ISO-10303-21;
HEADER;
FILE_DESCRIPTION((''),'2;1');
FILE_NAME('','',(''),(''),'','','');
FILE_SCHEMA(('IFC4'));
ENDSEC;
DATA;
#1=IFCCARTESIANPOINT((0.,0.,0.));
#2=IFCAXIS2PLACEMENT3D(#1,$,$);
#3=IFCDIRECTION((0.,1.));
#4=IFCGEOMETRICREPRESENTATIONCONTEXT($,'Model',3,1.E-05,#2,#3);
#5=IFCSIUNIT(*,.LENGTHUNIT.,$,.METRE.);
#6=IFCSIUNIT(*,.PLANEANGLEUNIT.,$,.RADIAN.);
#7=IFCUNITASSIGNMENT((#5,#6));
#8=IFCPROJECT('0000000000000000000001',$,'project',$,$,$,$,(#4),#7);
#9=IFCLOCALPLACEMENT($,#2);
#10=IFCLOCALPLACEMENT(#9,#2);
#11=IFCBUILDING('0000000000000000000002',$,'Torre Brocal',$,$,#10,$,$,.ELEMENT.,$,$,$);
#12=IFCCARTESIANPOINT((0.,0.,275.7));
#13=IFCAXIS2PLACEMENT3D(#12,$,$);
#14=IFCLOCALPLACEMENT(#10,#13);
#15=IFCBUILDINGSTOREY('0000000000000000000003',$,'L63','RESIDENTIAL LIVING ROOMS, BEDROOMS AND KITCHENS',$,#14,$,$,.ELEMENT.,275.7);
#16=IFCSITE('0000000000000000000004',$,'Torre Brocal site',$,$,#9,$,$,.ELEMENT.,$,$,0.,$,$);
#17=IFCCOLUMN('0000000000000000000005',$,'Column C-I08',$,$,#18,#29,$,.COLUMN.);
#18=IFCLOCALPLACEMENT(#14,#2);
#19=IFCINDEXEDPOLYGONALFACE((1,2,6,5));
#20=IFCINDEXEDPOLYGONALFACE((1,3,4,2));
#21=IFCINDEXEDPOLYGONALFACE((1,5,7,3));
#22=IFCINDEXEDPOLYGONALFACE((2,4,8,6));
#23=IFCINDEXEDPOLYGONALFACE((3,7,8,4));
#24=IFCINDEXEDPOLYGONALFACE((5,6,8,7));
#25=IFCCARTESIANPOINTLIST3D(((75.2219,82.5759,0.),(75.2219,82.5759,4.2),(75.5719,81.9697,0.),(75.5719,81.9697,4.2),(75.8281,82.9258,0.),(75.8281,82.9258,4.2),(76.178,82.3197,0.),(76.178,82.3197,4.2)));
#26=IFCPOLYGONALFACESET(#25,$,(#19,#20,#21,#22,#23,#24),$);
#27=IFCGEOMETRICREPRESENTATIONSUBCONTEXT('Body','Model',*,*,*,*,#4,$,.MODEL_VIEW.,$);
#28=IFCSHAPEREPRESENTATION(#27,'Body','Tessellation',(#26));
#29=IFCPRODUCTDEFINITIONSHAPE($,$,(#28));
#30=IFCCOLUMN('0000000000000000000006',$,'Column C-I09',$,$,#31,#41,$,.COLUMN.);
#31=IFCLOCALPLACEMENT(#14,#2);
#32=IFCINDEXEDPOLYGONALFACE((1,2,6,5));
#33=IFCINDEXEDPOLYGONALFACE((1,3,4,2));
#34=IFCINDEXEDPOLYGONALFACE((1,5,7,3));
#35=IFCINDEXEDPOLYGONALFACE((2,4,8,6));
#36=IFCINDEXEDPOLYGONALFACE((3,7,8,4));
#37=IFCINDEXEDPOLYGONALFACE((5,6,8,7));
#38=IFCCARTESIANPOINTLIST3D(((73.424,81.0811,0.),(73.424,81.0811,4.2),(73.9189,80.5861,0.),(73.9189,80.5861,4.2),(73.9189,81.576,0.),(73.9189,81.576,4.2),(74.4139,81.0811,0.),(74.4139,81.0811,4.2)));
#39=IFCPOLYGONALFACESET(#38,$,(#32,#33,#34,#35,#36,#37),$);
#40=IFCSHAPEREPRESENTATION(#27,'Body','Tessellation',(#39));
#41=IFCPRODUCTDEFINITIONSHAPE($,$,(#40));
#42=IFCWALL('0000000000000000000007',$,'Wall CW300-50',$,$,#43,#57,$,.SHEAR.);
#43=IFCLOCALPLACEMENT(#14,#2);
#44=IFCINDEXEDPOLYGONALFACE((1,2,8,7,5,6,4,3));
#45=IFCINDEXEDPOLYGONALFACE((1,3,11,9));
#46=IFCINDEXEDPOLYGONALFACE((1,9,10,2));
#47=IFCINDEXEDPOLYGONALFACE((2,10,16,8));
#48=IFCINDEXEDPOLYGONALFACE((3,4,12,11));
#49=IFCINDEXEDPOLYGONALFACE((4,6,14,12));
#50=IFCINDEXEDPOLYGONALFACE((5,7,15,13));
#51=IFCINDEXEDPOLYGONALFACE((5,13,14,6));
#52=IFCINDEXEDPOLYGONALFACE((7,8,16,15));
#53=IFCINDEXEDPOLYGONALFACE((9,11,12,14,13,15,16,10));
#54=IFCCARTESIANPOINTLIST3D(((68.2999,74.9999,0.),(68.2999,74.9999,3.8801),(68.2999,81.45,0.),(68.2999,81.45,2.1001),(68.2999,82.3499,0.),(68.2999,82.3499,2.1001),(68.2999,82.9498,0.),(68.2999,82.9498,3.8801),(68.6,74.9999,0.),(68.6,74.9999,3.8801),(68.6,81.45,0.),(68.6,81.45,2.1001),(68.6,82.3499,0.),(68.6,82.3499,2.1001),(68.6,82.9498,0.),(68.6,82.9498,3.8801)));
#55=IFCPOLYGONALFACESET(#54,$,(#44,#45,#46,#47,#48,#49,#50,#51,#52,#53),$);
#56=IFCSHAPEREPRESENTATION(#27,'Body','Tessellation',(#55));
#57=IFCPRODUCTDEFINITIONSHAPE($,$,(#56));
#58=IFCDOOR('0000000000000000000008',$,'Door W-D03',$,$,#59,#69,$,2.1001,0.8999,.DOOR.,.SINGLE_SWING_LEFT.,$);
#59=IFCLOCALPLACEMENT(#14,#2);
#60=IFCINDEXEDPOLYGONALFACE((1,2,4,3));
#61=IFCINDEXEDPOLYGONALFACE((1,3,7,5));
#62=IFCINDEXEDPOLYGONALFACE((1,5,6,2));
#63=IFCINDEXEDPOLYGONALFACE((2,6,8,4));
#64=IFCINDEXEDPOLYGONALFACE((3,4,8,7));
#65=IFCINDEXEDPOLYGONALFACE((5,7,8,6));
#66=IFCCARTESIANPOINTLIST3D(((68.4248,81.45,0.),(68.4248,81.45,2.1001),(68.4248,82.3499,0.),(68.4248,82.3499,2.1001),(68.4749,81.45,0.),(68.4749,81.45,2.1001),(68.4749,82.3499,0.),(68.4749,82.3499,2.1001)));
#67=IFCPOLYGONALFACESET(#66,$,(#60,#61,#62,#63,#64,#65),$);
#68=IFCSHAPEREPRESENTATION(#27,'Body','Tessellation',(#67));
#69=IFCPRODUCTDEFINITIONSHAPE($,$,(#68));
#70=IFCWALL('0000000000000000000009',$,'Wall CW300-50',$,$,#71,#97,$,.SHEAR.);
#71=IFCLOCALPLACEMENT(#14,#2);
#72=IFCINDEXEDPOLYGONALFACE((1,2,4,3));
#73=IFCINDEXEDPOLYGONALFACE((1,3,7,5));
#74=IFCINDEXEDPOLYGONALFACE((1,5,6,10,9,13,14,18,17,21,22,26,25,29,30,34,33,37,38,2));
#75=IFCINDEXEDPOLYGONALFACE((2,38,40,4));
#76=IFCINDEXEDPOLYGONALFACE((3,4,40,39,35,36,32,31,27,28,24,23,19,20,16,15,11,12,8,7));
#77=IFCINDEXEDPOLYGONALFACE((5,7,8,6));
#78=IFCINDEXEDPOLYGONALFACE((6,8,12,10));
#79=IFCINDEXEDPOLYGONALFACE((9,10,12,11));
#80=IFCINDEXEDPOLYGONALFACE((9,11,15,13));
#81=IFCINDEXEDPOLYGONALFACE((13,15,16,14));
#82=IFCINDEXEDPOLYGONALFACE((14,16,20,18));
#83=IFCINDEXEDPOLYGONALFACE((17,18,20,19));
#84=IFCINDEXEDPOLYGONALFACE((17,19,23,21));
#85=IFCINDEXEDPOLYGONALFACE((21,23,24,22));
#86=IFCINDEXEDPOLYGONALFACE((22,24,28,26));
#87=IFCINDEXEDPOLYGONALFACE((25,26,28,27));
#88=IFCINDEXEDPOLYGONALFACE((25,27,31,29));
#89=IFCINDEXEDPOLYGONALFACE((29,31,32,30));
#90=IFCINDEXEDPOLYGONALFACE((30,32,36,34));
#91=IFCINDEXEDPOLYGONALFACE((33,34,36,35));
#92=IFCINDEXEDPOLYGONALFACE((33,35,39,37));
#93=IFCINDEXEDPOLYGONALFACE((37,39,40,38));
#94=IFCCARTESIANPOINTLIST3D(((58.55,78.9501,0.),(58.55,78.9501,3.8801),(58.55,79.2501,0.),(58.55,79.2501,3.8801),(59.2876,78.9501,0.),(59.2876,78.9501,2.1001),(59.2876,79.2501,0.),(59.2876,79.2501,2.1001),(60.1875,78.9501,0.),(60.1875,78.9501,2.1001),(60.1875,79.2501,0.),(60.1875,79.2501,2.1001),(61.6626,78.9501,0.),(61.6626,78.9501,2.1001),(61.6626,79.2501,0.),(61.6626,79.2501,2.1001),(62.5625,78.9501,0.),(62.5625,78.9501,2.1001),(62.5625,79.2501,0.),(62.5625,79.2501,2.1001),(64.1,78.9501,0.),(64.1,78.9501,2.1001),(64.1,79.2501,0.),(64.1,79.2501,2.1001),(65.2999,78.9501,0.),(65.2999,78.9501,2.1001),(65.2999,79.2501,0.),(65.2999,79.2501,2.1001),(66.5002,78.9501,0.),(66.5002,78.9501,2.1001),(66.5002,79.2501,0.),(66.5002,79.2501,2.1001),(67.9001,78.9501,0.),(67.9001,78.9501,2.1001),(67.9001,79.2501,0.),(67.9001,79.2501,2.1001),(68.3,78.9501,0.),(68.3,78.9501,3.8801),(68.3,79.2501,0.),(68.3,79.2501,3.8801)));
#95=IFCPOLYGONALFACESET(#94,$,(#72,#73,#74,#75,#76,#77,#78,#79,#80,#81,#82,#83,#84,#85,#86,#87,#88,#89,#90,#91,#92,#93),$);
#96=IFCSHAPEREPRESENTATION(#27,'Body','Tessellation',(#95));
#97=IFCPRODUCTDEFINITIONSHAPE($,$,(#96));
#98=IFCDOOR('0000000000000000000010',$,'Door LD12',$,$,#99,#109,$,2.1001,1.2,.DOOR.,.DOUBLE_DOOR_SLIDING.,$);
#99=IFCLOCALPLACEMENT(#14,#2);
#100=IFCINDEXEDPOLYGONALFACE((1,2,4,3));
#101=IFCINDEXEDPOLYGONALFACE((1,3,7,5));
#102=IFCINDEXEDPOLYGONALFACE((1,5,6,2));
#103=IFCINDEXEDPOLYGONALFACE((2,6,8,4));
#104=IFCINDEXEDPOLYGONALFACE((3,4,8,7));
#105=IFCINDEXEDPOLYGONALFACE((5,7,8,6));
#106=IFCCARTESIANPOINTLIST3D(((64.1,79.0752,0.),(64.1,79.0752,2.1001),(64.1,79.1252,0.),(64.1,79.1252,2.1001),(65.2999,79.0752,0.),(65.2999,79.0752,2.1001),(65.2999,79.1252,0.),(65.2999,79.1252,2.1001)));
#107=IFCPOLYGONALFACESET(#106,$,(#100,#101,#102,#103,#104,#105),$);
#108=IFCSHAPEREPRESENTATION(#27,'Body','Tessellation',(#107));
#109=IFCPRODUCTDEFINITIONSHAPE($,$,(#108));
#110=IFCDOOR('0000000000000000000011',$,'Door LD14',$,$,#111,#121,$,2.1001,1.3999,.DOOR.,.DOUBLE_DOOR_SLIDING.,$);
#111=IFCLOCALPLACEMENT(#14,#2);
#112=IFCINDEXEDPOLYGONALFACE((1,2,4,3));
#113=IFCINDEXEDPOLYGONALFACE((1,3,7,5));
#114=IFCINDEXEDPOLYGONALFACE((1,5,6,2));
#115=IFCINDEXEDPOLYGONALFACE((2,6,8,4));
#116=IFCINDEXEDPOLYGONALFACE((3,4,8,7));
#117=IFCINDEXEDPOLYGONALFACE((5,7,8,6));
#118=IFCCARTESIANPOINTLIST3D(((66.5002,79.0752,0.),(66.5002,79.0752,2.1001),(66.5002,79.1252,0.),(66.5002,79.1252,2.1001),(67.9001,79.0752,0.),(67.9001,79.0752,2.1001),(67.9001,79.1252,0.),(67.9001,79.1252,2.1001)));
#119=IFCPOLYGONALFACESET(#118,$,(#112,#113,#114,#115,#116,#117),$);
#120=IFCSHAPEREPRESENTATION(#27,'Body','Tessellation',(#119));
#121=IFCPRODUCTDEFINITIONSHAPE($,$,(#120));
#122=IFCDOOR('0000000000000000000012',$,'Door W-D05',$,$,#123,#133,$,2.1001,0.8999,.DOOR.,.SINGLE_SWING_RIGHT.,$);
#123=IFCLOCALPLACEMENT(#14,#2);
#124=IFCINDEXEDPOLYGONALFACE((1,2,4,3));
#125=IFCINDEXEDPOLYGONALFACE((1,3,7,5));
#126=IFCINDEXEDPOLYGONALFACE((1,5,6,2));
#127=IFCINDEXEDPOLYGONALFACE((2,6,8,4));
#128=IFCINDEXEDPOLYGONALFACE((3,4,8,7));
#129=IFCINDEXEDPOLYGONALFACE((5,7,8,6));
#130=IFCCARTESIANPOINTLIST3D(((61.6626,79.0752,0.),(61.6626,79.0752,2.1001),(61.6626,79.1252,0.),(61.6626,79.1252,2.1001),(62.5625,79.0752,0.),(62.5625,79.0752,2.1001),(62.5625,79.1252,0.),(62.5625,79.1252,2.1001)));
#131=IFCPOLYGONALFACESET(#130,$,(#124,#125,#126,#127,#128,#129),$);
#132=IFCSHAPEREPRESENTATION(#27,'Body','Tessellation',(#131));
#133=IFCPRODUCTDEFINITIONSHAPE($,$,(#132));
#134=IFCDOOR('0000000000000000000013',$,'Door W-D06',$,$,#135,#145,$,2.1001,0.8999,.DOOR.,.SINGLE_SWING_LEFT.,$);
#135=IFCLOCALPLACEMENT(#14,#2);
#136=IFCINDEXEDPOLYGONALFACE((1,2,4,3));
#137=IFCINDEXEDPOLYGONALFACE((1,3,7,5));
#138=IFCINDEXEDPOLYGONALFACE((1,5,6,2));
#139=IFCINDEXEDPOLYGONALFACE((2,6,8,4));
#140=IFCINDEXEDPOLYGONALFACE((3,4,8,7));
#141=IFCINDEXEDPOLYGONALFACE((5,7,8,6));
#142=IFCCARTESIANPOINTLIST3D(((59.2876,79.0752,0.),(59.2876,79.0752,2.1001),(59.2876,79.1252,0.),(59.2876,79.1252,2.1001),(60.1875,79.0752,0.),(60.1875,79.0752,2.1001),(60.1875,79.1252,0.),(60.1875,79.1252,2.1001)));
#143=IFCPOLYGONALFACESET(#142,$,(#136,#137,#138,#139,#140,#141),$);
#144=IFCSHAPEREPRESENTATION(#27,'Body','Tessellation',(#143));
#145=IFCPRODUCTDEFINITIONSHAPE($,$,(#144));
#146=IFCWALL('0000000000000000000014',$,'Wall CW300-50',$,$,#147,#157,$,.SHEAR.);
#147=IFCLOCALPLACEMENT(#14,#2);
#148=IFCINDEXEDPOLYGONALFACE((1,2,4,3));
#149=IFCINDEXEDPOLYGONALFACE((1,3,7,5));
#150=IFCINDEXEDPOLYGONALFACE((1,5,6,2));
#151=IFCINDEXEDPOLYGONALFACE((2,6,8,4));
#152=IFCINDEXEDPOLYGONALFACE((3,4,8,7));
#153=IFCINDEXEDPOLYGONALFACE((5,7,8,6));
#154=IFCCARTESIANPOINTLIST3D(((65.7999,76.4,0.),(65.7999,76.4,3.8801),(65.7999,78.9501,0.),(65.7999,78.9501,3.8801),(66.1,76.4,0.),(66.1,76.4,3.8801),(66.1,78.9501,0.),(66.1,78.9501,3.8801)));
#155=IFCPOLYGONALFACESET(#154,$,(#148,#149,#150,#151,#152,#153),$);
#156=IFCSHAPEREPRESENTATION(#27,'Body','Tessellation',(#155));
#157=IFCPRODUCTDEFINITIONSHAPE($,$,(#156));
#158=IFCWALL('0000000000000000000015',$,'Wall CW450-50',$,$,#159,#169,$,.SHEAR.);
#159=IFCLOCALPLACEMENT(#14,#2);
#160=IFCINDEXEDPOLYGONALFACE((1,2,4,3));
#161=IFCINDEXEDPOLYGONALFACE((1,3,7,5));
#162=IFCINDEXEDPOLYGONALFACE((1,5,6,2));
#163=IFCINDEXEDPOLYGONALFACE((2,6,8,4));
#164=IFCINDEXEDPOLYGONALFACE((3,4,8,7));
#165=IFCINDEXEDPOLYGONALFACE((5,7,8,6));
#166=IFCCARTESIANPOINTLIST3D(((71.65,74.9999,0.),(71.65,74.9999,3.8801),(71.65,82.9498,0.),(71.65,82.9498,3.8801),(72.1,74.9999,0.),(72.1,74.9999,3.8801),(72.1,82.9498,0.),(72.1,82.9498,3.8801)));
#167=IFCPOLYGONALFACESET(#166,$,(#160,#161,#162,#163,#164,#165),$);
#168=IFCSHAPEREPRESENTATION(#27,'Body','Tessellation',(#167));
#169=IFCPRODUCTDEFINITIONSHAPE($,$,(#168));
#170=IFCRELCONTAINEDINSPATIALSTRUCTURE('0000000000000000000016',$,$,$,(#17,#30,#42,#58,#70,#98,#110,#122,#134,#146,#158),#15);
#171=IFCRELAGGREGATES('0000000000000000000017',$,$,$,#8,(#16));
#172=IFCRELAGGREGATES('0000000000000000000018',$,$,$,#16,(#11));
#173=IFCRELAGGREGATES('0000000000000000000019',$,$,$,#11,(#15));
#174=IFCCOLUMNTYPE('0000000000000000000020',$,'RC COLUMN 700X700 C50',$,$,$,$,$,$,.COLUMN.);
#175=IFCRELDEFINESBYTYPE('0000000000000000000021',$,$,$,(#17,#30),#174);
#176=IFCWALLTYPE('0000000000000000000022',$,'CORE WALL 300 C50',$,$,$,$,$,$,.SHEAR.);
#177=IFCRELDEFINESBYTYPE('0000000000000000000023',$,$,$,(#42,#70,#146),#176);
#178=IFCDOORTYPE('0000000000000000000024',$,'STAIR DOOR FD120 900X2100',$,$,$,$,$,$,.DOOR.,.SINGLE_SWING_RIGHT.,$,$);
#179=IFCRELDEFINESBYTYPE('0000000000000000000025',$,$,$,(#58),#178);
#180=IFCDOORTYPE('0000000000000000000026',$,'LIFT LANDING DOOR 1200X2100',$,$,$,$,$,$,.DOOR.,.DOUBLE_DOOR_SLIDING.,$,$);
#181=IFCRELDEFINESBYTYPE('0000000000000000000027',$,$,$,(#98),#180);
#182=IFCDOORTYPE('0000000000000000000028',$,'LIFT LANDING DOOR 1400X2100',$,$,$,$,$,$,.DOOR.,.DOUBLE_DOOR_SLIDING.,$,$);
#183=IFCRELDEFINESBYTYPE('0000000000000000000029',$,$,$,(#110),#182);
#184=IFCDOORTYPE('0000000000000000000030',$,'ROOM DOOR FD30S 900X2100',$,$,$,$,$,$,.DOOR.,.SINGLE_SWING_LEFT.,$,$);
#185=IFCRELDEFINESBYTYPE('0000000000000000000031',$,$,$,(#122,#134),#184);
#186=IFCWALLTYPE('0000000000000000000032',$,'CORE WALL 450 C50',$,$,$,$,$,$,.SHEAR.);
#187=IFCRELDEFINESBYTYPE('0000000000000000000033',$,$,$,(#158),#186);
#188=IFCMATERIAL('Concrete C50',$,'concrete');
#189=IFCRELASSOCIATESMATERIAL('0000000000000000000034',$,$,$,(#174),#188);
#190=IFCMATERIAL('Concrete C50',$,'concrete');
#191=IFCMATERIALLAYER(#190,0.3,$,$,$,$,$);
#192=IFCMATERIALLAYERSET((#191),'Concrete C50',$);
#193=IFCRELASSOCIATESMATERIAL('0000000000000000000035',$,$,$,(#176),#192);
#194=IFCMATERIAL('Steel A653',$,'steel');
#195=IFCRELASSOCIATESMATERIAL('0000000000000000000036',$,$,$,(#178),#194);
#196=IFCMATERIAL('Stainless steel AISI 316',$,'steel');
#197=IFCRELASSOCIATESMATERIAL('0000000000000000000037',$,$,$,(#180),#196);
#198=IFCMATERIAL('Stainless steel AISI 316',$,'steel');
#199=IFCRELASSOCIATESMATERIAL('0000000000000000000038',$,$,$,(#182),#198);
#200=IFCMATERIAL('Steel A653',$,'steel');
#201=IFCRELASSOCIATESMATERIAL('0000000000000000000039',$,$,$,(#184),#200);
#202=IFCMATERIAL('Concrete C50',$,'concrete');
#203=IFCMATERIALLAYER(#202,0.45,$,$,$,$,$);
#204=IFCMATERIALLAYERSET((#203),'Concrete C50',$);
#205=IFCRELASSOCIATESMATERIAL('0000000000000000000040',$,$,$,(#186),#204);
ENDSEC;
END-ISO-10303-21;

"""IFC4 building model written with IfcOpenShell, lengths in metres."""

from ifc_helpers import new_model, si_unit, direction, frame, frame_2d, origin, origin_2d, place, context, subcontext, project, spatial, rectangle, extrude, material, layer, layer_set, material_profile, profile_set, type_object, element, fill, save


model = new_model("IFC4")

# Units and contexts
model_context = context("Model", 3, precision=1e-05, world=origin(), true_north=direction((0.0, 1.0)))
body_context = subcontext(model_context, "Body", "Model", "MODEL_VIEW")
ifc_project = project(units=[si_unit("LENGTHUNIT", "METRE"), si_unit("PLANEANGLEUNIT", "RADIAN")], contexts=[model_context])

# Site, building, storey
site_placement = place(None, origin())
site = spatial("IfcSite", under=ifc_project, at=site_placement, Name="Torre Brocal site", CompositionType="ELEMENT", RefElevation=0.0)
building_placement = place(site_placement, origin())
building = spatial("IfcBuilding", under=site, at=building_placement, Name="Torre Brocal", CompositionType="ELEMENT")
storey_placement = place(building_placement, frame((0.0, 0.0, 275.7)))
storey = spatial("IfcBuildingStorey", under=building, at=storey_placement, Name="L63", Description="RESIDENTIAL LIVING ROOMS, BEDROOMS AND KITCHENS", CompositionType="ELEMENT", Elevation=275.7)

# Columns
ifc_material_1 = material(Name="Concrete C50", Category="concrete")
ifc_material_profile = material_profile(ifc_material_1, rectangle(XDim=0.7, YDim=0.7, at=origin_2d()), Name="RC 700X700")
ifc_profile_set = profile_set([ifc_material_profile], Name="Concrete C50")
column_type = type_object("IfcColumnType", Name="RC COLUMN 700X700 C50", PredefinedType="COLUMN", material=ifc_profile_set)
for number, where, z_axis, x_axis, name in (
    (1, (75.7, 82.4478, 0.0), (0.0, 0.0, 1.0), (-0.5, 0.866025, 0.0), "Column C-I08"),
    (2, (73.9189, 81.0811, 0.0), (0.0, 0.0, 1.0), (-0.707107, 0.707107, 0.0), "Column C-I09"),
):
    element("IfcColumn", number, at=place(storey_placement, frame(where, z_axis=z_axis, x_axis=x_axis)), inside=storey, type_object=column_type, Name=name, PredefinedType="COLUMN", context=body_context, shape_type="SweptSolid", body=[
        extrude(rectangle(XDim=0.7, YDim=0.7, at=origin_2d()), origin(), (0.0, 0.0, 1.0), 4.2),
    ])

# Wall, opening, door
ifc_material_2 = material(Name="Concrete C50", Category="concrete")
ifc_layer_1 = layer(ifc_material_2, 0.3)
ifc_layer_set_1 = layer_set([ifc_layer_1], Name="Concrete C50")
wall_type_1 = type_object("IfcWallType", Name="CORE WALL 300 C50", PredefinedType="SHEAR", material=ifc_layer_set_1)
wall_1_placement = place(storey_placement, frame((68.45, 82.95, 0.0), z_axis=(0.0, 0.0, 1.0), x_axis=(0.0, -1.0, 0.0)))
wall_1 = element("IfcWall", 3, at=wall_1_placement, inside=storey, type_object=wall_type_1, Name="Wall CW300-50", PredefinedType="SHEAR", context=body_context, shape_type="SweptSolid", body=[
    extrude(rectangle(XDim=7.95, YDim=0.3, at=frame_2d((3.9751, 0.0))), origin(), (0.0, 0.0, 1.0), 3.8801),
])
opening_1_placement = place(wall_1_placement, frame((0.6001, 0.0, 0.0)))
opening_1 = element("IfcOpeningElement", 4, at=opening_1_placement, cuts=wall_1, PredefinedType="OPENING", context=body_context, shape_type="SweptSolid", body=[
    extrude(rectangle(XDim=0.8999, YDim=2.1001, at=frame_2d((0.45, 1.05))), frame((0.0, 0.1599, 0.0), z_axis=(0.0, -1.0, 0.0), x_axis=(1.0, 0.0, 0.0)), (0.0, 0.0, 1.0), 0.3201),
])
ifc_material_3 = material(Name="Steel A653", Category="steel")
door_type_1 = type_object("IfcDoorType", Name="STAIR DOOR FD120 900X2100", OperationType="SINGLE_SWING_RIGHT", PredefinedType="DOOR", material=ifc_material_3)
door_1_placement = place(opening_1_placement, origin())
door_1 = element("IfcDoor", 5, at=door_1_placement, inside=storey, type_object=door_type_1, Name="Door W-D03", OperationType="SINGLE_SWING_LEFT", OverallHeight=2.1001, OverallWidth=0.8999, PredefinedType="DOOR", context=body_context, shape_type="SweptSolid", body=[
    extrude(rectangle(XDim=0.8999, YDim=2.1001, at=frame_2d((0.45, 1.05))), frame((0.0, 0.0249, 0.0), z_axis=(0.0, -1.0, 0.0), x_axis=(1.0, 0.0, 0.0)), (0.0, 0.0, 1.0), 0.05),
])
fill(opening_1, door_1)

# Wall, openings, doors
wall_2_placement = place(storey_placement, frame((68.3, 79.1001, 0.0), z_axis=(0.0, 0.0, 1.0), x_axis=(-1.0, 0.0, 0.0)))
wall_2 = element("IfcWall", 6, at=wall_2_placement, inside=storey, type_object=wall_type_1, Name="Wall CW300-50", PredefinedType="SHEAR", context=body_context, shape_type="SweptSolid", body=[
    extrude(rectangle(XDim=9.75, YDim=0.3, at=frame_2d((4.875, 0.0))), origin(), (0.0, 0.0, 1.0), 3.8801),
])
opening_2_placement = place(wall_2_placement, frame((0.3999, 0.0, 0.0)))
opening_2 = element("IfcOpeningElement", 7, at=opening_2_placement, cuts=wall_2, PredefinedType="OPENING", context=body_context, shape_type="SweptSolid", body=[
    extrude(rectangle(XDim=1.3999, YDim=2.1001, at=frame_2d((0.7, 1.05))), frame((0.0, 0.1599, 0.0), z_axis=(0.0, -1.0, 0.0), x_axis=(1.0, 0.0, 0.0)), (0.0, 0.0, 1.0), 0.3201),
])
opening_3_placement = place(wall_2_placement, frame((3.0, 0.0, 0.0)))
opening_3 = element("IfcOpeningElement", 8, at=opening_3_placement, cuts=wall_2, PredefinedType="OPENING", context=body_context, shape_type="SweptSolid", body=[
    extrude(rectangle(XDim=1.2, YDim=2.1001, at=frame_2d((0.6001, 1.05))), frame((0.0, 0.1599, 0.0), z_axis=(0.0, -1.0, 0.0), x_axis=(1.0, 0.0, 0.0)), (0.0, 0.0, 1.0), 0.3201),
])
opening_4_placement = place(wall_2_placement, frame((5.7375, 0.0, 0.0)))
opening_4 = element("IfcOpeningElement", 9, at=opening_4_placement, cuts=wall_2, PredefinedType="OPENING", context=body_context, shape_type="SweptSolid", body=[
    extrude(rectangle(XDim=0.8999, YDim=2.1001, at=frame_2d((0.45, 1.05))), frame((0.0, 0.1599, 0.0), z_axis=(0.0, -1.0, 0.0), x_axis=(1.0, 0.0, 0.0)), (0.0, 0.0, 1.0), 0.3201),
])
opening_5_placement = place(wall_2_placement, frame((8.1125, 0.0, 0.0)))
opening_5 = element("IfcOpeningElement", 10, at=opening_5_placement, cuts=wall_2, PredefinedType="OPENING", context=body_context, shape_type="SweptSolid", body=[
    extrude(rectangle(XDim=0.8999, YDim=2.1001, at=frame_2d((0.45, 1.05))), frame((0.0, 0.1599, 0.0), z_axis=(0.0, -1.0, 0.0), x_axis=(1.0, 0.0, 0.0)), (0.0, 0.0, 1.0), 0.3201),
])
ifc_material_4 = material(Name="Stainless steel AISI 316", Category="steel")
door_type_2 = type_object("IfcDoorType", Name="LIFT LANDING DOOR 1200X2100", OperationType="DOUBLE_DOOR_SLIDING", PredefinedType="DOOR", material=ifc_material_4)
door_2_placement = place(opening_3_placement, origin())
door_2 = element("IfcDoor", 11, at=door_2_placement, inside=storey, type_object=door_type_2, Name="Door LD12", OperationType="DOUBLE_DOOR_SLIDING", OverallHeight=2.1001, OverallWidth=1.2, PredefinedType="DOOR", context=body_context, shape_type="SweptSolid", body=[
    extrude(rectangle(XDim=1.2, YDim=2.1001, at=frame_2d((0.6001, 1.05))), frame((0.0, 0.0249, 0.0), z_axis=(0.0, -1.0, 0.0), x_axis=(1.0, 0.0, 0.0)), (0.0, 0.0, 1.0), 0.05),
])
fill(opening_3, door_2)
ifc_material_5 = material(Name="Stainless steel AISI 316", Category="steel")
door_type_3 = type_object("IfcDoorType", Name="LIFT LANDING DOOR 1400X2100", OperationType="DOUBLE_DOOR_SLIDING", PredefinedType="DOOR", material=ifc_material_5)
door_3_placement = place(opening_2_placement, origin())
door_3 = element("IfcDoor", 12, at=door_3_placement, inside=storey, type_object=door_type_3, Name="Door LD14", OperationType="DOUBLE_DOOR_SLIDING", OverallHeight=2.1001, OverallWidth=1.3999, PredefinedType="DOOR", context=body_context, shape_type="SweptSolid", body=[
    extrude(rectangle(XDim=1.3999, YDim=2.1001, at=frame_2d((0.7, 1.05))), frame((0.0, 0.0249, 0.0), z_axis=(0.0, -1.0, 0.0), x_axis=(1.0, 0.0, 0.0)), (0.0, 0.0, 1.0), 0.05),
])
fill(opening_2, door_3)
ifc_material_6 = material(Name="Steel A653", Category="steel")
door_type_4 = type_object("IfcDoorType", Name="ROOM DOOR FD30S 900X2100", OperationType="SINGLE_SWING_LEFT", PredefinedType="DOOR", material=ifc_material_6)
door_4_placement = place(opening_4_placement, origin())
door_4 = element("IfcDoor", 13, at=door_4_placement, inside=storey, type_object=door_type_4, Name="Door W-D05", OperationType="SINGLE_SWING_RIGHT", OverallHeight=2.1001, OverallWidth=0.8999, PredefinedType="DOOR", context=body_context, shape_type="SweptSolid", body=[
    extrude(rectangle(XDim=0.8999, YDim=2.1001, at=frame_2d((0.45, 1.05))), frame((0.0, 0.0249, 0.0), z_axis=(0.0, -1.0, 0.0), x_axis=(1.0, 0.0, 0.0)), (0.0, 0.0, 1.0), 0.05),
])
fill(opening_4, door_4)
door_5_placement = place(opening_5_placement, origin())
door_5 = element("IfcDoor", 14, at=door_5_placement, inside=storey, type_object=door_type_4, Name="Door W-D06", OperationType="SINGLE_SWING_LEFT", OverallHeight=2.1001, OverallWidth=0.8999, PredefinedType="DOOR", context=body_context, shape_type="SweptSolid", body=[
    extrude(rectangle(XDim=0.8999, YDim=2.1001, at=frame_2d((0.45, 1.05))), frame((0.0, 0.0249, 0.0), z_axis=(0.0, -1.0, 0.0), x_axis=(1.0, 0.0, 0.0)), (0.0, 0.0, 1.0), 0.05),
])
fill(opening_5, door_5)

# Wall
wall_3_placement = place(storey_placement, frame((65.95, 78.95, 0.0), z_axis=(0.0, 0.0, 1.0), x_axis=(0.0, -1.0, 0.0)))
element("IfcWall", 15, at=wall_3_placement, inside=storey, type_object=wall_type_1, Name="Wall CW300-50", PredefinedType="SHEAR", context=body_context, shape_type="SweptSolid", body=[
    extrude(rectangle(XDim=2.55, YDim=0.3, at=frame_2d((1.2749, 0.0))), origin(), (0.0, 0.0, 1.0), 3.8801),
])

# Shared definitions
ifc_material_7 = material(Name="Concrete C50", Category="concrete")
ifc_layer_2 = layer(ifc_material_7, 0.45)
ifc_layer_set_2 = layer_set([ifc_layer_2], Name="Concrete C50")
wall_type_2 = type_object("IfcWallType", Name="CORE WALL 450 C50", PredefinedType="SHEAR", material=ifc_layer_set_2)

# Wall
wall_4_placement = place(storey_placement, frame((71.875, 82.95, 0.0), z_axis=(0.0, 0.0, 1.0), x_axis=(0.0, -1.0, 0.0)))
element("IfcWall", 16, at=wall_4_placement, inside=storey, type_object=wall_type_2, Name="Wall CW450-50", PredefinedType="SHEAR", context=body_context, shape_type="SweptSolid", body=[
    extrude(rectangle(XDim=7.95, YDim=0.45, at=frame_2d((3.9751, 0.0))), origin(), (0.0, 0.0, 1.0), 3.8801),
])

save(model, "model.ifc")
